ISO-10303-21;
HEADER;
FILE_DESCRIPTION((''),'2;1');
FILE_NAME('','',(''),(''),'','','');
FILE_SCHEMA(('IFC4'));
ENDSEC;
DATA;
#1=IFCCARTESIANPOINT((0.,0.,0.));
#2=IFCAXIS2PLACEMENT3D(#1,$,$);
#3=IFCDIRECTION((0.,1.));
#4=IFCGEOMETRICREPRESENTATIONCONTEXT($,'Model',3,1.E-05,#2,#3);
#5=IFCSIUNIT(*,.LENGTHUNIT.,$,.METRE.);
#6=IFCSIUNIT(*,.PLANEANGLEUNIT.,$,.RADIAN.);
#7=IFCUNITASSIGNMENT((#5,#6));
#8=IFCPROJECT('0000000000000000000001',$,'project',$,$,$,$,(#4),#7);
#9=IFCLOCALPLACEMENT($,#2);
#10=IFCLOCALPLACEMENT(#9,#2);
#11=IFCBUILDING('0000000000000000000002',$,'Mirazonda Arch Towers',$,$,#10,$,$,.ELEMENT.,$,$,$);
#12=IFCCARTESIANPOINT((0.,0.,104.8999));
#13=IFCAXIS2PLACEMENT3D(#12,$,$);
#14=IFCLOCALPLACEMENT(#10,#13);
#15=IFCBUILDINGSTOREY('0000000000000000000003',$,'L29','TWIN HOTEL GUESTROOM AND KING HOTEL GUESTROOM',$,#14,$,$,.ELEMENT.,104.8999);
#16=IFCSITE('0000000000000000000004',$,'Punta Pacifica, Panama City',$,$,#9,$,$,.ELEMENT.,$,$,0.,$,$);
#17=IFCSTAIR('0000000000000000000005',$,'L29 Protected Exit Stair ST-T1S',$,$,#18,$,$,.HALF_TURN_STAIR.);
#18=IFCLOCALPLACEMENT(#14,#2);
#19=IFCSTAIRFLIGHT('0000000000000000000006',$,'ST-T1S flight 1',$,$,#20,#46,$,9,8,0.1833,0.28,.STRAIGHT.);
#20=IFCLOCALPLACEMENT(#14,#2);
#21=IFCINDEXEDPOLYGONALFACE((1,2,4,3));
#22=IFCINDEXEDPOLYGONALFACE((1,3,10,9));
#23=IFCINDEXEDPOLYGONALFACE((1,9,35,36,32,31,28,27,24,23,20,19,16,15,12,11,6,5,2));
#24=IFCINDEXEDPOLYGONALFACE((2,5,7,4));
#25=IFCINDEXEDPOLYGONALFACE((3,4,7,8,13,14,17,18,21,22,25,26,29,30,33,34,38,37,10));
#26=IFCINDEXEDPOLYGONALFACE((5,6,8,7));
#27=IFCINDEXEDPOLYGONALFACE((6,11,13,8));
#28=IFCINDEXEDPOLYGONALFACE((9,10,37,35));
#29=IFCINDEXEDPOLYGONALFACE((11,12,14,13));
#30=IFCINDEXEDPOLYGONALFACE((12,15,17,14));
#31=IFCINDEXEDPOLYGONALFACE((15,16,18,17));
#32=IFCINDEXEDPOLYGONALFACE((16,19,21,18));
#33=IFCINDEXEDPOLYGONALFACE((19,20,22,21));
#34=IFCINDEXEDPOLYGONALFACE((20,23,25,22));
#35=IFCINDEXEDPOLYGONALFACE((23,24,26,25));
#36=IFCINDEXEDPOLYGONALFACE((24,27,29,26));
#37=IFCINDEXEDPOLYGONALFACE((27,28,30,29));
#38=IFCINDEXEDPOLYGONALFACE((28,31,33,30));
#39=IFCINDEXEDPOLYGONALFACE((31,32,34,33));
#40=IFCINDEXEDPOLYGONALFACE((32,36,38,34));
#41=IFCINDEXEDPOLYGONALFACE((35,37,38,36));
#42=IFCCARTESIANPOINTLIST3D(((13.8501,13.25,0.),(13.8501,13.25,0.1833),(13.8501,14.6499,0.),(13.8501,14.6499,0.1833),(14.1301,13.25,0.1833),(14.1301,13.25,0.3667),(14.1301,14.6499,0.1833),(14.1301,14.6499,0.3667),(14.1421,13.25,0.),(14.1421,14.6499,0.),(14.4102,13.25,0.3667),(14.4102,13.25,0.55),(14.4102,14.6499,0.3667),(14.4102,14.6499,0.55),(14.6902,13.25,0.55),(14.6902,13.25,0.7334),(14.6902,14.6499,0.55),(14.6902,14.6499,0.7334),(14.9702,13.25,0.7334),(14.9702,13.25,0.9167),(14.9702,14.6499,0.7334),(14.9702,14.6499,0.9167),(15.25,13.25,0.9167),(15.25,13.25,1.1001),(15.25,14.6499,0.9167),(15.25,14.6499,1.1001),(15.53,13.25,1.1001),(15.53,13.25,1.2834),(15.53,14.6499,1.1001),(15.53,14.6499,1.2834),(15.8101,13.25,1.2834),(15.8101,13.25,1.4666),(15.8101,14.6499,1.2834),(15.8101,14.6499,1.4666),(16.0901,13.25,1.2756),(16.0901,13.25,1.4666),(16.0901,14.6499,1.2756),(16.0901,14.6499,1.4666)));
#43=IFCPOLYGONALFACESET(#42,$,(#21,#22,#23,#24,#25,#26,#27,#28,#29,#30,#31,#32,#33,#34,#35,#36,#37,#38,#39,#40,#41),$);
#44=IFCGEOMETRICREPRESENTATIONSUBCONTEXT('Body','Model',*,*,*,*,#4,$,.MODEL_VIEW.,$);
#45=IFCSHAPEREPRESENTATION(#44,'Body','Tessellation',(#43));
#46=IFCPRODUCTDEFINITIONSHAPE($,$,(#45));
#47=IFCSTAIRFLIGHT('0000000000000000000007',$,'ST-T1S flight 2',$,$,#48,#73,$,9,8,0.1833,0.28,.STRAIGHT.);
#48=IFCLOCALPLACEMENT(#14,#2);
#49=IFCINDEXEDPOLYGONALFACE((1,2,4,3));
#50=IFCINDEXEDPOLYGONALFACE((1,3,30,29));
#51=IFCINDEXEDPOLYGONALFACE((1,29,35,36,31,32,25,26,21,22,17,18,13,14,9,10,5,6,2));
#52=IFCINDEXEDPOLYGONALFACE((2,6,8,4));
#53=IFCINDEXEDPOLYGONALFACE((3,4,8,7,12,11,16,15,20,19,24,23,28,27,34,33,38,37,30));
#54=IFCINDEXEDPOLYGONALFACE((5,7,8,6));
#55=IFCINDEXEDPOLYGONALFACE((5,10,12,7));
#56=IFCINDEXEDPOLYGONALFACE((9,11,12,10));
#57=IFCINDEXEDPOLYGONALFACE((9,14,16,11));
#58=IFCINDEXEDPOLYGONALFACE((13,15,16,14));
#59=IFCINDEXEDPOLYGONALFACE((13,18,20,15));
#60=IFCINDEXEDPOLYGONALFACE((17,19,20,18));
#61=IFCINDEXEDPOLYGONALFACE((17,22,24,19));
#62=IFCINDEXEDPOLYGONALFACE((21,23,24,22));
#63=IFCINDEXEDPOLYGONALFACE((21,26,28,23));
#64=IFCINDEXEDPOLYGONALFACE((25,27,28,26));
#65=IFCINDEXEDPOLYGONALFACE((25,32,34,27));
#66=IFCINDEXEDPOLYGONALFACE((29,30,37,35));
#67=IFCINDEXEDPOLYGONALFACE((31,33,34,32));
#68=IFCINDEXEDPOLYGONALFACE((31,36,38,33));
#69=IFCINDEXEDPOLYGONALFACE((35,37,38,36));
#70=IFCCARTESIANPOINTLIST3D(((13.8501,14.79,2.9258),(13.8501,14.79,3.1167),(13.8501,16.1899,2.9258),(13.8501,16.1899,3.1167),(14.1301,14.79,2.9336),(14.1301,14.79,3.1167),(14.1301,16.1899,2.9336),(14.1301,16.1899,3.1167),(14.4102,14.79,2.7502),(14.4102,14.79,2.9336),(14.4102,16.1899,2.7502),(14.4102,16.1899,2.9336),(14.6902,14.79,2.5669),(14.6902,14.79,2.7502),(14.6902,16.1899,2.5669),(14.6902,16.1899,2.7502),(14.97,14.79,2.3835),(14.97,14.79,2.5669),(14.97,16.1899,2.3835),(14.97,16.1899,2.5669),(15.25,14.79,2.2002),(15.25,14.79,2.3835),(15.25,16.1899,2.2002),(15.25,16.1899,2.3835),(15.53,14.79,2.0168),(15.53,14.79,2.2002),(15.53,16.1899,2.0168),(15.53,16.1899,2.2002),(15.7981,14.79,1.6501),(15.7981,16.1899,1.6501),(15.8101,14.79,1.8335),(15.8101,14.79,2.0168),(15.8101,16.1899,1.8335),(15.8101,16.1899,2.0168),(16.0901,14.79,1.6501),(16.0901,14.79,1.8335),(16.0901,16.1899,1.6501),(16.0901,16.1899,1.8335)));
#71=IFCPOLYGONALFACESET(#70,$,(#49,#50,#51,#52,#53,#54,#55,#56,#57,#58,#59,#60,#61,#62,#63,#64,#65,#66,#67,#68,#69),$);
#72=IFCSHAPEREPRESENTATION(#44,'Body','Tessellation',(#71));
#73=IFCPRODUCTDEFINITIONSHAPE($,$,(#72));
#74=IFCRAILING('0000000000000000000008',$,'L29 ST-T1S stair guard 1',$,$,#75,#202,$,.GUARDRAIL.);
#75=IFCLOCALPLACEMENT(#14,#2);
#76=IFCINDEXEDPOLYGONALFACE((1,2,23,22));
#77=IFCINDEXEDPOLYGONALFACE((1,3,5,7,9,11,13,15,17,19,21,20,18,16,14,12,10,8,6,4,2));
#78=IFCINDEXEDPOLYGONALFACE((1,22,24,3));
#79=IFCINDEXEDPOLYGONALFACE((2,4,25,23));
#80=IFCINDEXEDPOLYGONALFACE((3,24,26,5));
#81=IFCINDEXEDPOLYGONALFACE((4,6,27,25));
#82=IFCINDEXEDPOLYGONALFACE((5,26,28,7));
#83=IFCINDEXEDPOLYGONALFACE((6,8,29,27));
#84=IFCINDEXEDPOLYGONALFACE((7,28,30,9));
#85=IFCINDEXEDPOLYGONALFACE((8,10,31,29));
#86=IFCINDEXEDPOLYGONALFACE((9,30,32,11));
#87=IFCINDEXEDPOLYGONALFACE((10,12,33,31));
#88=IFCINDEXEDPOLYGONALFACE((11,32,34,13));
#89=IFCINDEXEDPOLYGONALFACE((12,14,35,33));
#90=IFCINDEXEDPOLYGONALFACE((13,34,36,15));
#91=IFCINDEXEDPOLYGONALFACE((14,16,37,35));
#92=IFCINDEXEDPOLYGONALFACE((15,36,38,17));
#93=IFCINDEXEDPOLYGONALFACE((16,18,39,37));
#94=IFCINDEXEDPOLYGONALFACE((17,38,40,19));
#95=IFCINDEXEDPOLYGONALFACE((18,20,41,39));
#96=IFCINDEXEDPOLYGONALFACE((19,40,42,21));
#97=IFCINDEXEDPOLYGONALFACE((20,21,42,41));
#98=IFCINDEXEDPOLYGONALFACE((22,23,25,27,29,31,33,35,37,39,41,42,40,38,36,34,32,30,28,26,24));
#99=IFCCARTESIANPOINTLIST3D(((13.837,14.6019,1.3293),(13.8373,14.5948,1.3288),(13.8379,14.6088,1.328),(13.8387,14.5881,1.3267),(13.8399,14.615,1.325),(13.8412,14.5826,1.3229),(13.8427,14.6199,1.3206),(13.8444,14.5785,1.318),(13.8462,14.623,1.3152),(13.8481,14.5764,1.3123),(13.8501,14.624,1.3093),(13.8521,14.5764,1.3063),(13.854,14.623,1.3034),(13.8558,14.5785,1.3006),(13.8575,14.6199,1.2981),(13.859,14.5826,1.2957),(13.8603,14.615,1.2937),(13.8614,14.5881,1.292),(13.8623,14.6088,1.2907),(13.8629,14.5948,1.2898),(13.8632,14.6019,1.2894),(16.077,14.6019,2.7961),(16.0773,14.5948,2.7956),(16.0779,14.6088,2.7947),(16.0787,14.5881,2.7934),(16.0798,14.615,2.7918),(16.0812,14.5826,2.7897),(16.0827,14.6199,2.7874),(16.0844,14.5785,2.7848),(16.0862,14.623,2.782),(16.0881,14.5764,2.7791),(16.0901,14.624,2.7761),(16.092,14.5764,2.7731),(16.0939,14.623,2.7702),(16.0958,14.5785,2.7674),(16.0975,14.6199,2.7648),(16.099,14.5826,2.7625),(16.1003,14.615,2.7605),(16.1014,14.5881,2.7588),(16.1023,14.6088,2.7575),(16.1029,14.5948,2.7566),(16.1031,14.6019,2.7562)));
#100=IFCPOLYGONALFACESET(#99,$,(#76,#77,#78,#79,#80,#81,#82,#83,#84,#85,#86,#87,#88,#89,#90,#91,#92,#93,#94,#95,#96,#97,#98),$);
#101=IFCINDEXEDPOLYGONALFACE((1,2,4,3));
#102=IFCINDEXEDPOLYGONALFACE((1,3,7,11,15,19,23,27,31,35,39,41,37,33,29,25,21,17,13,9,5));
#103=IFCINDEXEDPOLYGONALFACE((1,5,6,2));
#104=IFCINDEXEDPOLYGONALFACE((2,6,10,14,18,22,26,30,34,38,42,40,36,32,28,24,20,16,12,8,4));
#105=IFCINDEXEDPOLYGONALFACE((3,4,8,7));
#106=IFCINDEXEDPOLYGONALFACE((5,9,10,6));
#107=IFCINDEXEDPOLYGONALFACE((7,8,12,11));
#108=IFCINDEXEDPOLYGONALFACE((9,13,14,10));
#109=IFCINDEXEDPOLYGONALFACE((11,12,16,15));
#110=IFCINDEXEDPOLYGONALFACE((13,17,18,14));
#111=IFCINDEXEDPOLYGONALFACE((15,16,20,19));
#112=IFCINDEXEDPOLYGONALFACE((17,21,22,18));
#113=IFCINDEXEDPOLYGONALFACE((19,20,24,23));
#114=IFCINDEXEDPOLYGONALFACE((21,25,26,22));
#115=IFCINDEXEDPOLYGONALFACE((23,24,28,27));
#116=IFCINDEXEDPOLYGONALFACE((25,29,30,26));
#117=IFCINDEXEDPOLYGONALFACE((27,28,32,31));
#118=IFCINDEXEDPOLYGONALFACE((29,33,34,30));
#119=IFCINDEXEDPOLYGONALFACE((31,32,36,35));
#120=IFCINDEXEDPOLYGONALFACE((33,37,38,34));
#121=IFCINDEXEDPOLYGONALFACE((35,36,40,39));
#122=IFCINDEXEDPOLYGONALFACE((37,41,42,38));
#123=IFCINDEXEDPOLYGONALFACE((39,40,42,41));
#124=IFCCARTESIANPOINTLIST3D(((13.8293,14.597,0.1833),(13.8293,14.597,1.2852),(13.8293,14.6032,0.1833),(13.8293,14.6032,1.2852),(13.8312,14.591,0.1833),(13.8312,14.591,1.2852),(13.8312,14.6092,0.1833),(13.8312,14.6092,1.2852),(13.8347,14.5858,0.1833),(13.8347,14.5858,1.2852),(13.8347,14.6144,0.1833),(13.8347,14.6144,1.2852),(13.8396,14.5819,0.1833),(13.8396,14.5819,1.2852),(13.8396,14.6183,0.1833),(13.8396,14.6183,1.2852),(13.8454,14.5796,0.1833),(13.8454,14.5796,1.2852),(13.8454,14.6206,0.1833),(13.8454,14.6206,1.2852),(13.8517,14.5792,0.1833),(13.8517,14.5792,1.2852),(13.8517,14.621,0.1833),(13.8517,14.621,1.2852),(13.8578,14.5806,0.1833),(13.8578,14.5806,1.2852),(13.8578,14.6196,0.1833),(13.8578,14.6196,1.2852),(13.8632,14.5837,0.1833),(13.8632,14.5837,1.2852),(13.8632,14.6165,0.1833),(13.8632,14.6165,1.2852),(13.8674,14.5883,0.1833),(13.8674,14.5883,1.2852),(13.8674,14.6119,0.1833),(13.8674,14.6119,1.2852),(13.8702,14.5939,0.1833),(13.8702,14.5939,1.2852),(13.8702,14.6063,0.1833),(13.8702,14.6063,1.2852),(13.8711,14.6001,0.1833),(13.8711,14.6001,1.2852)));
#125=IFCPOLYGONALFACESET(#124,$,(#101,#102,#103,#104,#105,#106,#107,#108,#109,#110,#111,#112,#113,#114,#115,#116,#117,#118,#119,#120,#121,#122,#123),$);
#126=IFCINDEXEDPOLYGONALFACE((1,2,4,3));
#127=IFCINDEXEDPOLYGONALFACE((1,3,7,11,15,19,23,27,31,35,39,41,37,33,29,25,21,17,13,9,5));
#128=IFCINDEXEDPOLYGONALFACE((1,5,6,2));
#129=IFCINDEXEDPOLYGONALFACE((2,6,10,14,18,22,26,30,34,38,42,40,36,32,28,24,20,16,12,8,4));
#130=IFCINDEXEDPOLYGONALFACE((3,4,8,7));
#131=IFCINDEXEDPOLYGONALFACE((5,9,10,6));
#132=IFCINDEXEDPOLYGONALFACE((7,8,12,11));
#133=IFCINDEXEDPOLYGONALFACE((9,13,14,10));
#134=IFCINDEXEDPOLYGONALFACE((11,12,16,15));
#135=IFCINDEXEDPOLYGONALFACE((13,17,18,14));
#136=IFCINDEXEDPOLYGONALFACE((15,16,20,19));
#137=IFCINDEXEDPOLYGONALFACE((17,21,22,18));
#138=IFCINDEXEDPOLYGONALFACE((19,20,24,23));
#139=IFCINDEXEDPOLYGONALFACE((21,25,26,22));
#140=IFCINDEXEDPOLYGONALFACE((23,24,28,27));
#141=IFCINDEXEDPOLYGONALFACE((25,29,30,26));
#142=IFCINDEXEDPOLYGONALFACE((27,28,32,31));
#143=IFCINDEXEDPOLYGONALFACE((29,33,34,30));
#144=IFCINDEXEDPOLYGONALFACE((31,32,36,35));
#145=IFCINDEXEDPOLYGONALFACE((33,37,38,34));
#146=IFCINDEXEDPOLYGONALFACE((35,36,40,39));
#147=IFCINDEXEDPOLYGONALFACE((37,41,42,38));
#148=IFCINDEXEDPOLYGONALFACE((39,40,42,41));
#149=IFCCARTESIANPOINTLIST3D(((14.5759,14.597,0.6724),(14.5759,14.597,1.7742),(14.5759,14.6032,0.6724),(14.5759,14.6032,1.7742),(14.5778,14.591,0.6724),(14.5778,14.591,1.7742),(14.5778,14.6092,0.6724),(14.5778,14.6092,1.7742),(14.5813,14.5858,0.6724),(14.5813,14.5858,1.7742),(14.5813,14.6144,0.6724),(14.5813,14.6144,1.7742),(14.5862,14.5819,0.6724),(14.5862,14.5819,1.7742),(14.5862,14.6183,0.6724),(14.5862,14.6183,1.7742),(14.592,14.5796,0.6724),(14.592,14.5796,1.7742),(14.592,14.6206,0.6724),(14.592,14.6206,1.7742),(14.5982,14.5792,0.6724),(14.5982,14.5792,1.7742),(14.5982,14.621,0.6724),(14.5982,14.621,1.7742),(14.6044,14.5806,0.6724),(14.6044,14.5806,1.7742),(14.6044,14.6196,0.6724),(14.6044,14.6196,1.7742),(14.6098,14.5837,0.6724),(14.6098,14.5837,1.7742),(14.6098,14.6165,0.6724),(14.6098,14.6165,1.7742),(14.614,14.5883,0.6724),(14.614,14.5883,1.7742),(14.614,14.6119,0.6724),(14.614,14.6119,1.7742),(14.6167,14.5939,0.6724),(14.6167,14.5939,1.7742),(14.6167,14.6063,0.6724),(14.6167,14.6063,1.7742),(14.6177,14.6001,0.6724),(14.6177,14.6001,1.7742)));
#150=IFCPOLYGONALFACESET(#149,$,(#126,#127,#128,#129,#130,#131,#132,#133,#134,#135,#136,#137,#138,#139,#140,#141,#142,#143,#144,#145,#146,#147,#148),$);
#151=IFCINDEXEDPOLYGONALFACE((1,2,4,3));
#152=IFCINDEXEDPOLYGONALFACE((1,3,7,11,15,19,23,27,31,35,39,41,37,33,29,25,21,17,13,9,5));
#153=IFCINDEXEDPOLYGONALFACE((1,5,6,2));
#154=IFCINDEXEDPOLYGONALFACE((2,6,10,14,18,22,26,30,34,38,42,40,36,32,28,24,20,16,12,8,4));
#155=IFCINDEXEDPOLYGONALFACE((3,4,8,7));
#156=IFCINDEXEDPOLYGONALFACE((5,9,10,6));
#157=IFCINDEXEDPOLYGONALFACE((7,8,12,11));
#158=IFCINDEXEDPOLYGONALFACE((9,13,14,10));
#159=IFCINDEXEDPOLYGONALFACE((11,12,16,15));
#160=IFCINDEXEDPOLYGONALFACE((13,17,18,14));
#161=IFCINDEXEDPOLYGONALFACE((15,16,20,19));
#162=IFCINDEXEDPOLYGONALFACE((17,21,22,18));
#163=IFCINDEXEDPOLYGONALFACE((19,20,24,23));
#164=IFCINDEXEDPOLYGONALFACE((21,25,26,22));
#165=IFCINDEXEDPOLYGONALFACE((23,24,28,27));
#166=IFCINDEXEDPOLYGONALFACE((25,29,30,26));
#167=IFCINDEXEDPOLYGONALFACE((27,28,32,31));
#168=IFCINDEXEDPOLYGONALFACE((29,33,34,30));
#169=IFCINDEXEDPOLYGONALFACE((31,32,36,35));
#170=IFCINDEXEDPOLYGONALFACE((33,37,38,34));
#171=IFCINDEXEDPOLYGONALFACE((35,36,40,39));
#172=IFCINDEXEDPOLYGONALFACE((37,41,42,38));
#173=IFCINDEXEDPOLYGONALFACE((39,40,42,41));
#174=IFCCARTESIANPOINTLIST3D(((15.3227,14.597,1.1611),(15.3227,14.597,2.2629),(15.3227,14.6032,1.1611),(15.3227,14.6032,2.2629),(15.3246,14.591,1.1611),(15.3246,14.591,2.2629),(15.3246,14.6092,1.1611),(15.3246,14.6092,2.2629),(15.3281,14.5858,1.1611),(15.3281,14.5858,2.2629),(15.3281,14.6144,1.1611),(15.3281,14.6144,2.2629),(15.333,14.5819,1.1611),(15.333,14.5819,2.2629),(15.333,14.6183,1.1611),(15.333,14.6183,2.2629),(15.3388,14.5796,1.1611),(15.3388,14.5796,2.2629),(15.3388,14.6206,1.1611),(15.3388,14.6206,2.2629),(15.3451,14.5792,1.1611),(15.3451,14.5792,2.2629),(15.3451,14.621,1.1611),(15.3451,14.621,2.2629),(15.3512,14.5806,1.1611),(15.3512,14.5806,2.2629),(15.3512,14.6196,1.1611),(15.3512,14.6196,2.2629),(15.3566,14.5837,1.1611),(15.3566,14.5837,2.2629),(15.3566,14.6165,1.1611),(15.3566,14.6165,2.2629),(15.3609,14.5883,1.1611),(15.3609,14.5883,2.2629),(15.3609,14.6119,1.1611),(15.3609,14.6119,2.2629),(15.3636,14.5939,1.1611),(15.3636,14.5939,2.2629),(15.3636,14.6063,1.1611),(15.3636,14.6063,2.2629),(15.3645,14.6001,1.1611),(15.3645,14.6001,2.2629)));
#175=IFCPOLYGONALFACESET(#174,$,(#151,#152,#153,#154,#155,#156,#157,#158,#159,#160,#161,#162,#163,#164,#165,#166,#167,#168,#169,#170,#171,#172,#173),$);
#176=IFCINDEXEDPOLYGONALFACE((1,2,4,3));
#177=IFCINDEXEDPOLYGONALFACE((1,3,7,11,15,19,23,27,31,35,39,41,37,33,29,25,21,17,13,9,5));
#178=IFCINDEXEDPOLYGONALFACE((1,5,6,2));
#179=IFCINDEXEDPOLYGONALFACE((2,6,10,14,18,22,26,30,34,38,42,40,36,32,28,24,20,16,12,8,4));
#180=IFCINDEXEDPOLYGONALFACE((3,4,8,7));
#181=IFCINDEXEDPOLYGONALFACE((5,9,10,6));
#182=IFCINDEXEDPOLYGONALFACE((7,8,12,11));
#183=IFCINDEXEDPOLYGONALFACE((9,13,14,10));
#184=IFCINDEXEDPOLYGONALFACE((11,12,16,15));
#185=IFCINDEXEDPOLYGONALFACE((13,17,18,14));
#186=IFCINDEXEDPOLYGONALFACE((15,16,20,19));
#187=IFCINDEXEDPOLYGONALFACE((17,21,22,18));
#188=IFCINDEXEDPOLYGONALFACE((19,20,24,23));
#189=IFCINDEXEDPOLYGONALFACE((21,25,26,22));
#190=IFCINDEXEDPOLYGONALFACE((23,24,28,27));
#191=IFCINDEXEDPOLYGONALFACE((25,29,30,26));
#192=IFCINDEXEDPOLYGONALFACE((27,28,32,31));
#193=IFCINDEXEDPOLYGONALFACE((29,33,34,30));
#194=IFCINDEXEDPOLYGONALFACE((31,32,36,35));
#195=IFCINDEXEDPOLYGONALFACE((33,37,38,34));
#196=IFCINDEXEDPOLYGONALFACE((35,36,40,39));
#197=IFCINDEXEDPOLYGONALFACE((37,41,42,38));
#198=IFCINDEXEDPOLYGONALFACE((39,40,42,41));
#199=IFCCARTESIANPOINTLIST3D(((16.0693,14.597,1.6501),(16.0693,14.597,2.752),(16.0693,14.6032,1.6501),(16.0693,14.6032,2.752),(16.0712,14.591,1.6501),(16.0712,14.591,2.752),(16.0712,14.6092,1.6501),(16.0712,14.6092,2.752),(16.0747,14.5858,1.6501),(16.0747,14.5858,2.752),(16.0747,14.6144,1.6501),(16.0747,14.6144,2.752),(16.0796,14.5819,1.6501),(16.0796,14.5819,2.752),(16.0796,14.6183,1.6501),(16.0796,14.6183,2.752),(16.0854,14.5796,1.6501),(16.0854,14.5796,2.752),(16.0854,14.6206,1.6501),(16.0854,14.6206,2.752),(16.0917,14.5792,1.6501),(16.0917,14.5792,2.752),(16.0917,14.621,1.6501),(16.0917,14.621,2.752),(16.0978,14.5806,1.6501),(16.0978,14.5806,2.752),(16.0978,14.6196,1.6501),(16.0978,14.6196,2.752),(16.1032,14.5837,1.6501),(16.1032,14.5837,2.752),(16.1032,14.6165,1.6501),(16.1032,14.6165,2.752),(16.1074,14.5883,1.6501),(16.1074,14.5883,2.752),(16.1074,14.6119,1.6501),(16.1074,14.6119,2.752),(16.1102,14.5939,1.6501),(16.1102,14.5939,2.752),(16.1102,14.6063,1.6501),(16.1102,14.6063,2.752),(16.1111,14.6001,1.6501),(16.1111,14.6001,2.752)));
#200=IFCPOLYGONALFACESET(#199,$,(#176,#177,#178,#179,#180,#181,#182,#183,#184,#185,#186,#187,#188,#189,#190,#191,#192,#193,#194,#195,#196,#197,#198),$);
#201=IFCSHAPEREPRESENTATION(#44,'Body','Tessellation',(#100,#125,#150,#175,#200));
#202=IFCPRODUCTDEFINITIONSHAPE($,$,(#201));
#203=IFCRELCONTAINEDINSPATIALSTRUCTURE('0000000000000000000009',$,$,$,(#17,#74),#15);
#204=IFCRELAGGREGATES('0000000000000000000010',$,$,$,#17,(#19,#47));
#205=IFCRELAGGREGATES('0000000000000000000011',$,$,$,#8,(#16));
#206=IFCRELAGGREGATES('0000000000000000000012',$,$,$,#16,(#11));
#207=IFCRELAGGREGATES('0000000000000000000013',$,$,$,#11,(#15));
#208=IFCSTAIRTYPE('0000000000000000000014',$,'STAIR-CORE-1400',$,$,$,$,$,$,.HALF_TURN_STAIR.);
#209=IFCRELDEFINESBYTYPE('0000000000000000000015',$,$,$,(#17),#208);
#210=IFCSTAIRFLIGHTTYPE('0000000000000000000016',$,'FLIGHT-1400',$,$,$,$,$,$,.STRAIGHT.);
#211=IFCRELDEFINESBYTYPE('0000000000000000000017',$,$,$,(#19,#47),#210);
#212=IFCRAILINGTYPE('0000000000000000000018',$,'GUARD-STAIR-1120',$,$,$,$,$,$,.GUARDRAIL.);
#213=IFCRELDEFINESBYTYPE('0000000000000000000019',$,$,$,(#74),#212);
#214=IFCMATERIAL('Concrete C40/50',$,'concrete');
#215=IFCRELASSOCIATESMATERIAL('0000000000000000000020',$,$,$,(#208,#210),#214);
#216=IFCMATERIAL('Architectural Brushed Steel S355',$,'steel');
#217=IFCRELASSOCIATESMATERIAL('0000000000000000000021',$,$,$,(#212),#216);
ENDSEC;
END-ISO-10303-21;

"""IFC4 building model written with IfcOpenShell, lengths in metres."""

from ifc_helpers import new_model, si_unit, direction, frame, origin, origin_2d, place, context, subcontext, project, spatial, polyline, circle, outline, extrude, material, type_object, element, aggregate, save


model = new_model("IFC4")

# Units and contexts
model_context = context("Model", 3, precision=1e-05, world=origin(), true_north=direction((0.0, 1.0)))
body_context = subcontext(model_context, "Body", "Model", "MODEL_VIEW")
ifc_project = project(units=[si_unit("LENGTHUNIT", "METRE"), si_unit("PLANEANGLEUNIT", "RADIAN")], contexts=[model_context])

# Site, building, storey
site_placement = place(None, origin())
site = spatial("IfcSite", under=ifc_project, at=site_placement, Name="Punta Pacifica, Panama City", CompositionType="ELEMENT", RefElevation=0.0)
building_placement = place(site_placement, origin())
building = spatial("IfcBuilding", under=site, at=building_placement, Name="Mirazonda Arch Towers", CompositionType="ELEMENT")
storey_placement = place(building_placement, frame((0.0, 0.0, 104.8999)))
storey = spatial("IfcBuildingStorey", under=building, at=storey_placement, Name="L29", Description="TWIN HOTEL GUESTROOM AND KING HOTEL GUESTROOM", CompositionType="ELEMENT", Elevation=104.8999)

# Shared definitions
ifc_material_1 = material(Name="Architectural Brushed Steel S355", Category="steel")

# Shared definitions
ifc_material_2 = material(Name="Concrete C40/50", Category="concrete")

# Stair, stair flights
stair_type = type_object("IfcStairType", Name="STAIR-CORE-1400", PredefinedType="HALF_TURN_STAIR", material=ifc_material_2)
stair_placement = place(storey_placement, origin())
stair = element("IfcStair", 1, at=stair_placement, inside=storey, type_object=stair_type, Name="L29 Protected Exit Stair ST-T1S", PredefinedType="HALF_TURN_STAIR")
stair_flight_type = type_object("IfcStairFlightType", Name="FLIGHT-1400", PredefinedType="STRAIGHT", material=ifc_material_2)
stair_flight_1_placement = place(storey_placement, frame((13.8501, 13.95, 0.0), z_axis=(0.0, 0.0, 1.0), x_axis=(1.0, 0.0, 0.0)))
stair_flight_1 = element("IfcStairFlight", 2, at=stair_flight_1_placement, type_object=stair_flight_type, Name="ST-T1S flight 1", NumberOfRisers=9, NumberOfTreads=8, PredefinedType="STRAIGHT", RiserHeight=0.1833, TreadLength=0.28, context=body_context, shape_type="SweptSolid", body=[
    extrude(outline(polyline([(0.0, 0.0), (0.0, 0.1833), (0.28, 0.1833), (0.28, 0.3667), (0.5601, 0.3667), (0.5601, 0.55), (0.8401, 0.55), (0.8401, 0.7334), (1.1201, 0.7334), (1.1201, 0.9167), (1.3999, 0.9167), (1.3999, 1.1001), (1.6799, 1.1001), (1.6799, 1.2834), (1.96, 1.2834), (1.96, 1.4666), (2.24, 1.4666), (2.24, 1.6499), (2.24, 1.2756), (0.292, 0.0), (0.0, 0.0)])), frame((0.0, 0.7, 0.0), z_axis=(0.0, -1.0, 0.0), x_axis=(1.0, 0.0, 0.0)), (0.0, 0.0, 1.0), 1.3999),
])
stair_flight_2_placement = place(storey_placement, frame((16.0901, 15.49, 1.6501), z_axis=(0.0, 0.0, 1.0), x_axis=(-1.0, 0.0, 0.0)))
stair_flight_2 = element("IfcStairFlight", 3, at=stair_flight_2_placement, type_object=stair_flight_type, Name="ST-T1S flight 2", NumberOfRisers=9, NumberOfTreads=8, PredefinedType="STRAIGHT", RiserHeight=0.1833, TreadLength=0.28, context=body_context, shape_type="SweptSolid", body=[
    extrude(outline(polyline([(0.0, 0.0), (0.0, 0.1833), (0.28, 0.1833), (0.28, 0.3667), (0.5601, 0.3667), (0.5601, 0.55), (0.8401, 0.55), (0.8401, 0.7334), (1.1201, 0.7334), (1.1201, 0.9167), (1.3999, 0.9167), (1.3999, 1.1001), (1.6799, 1.1001), (1.6799, 1.2834), (1.96, 1.2834), (1.96, 1.4666), (2.24, 1.4666), (2.24, 1.6499), (2.24, 1.2756), (0.292, 0.0), (0.0, 0.0)])), frame((0.0, 0.7, 0.0), z_axis=(0.0, -1.0, 0.0), x_axis=(1.0, 0.0, 0.0)), (0.0, 0.0, 1.0), 1.3999),
])
aggregate(stair, [stair_flight_1, stair_flight_2])

# Railing
railing_type_1 = type_object("IfcRailingType", Name="GUARD-STAIR-1120", PredefinedType="GUARDRAIL", material=ifc_material_1)
railing_1_placement = place(storey_placement, frame((13.8501, 14.6001, 0.1833)))
element("IfcRailing", 4, at=railing_1_placement, inside=storey, type_object=railing_type_1, Name="L29 ST-T1S stair guard 1", PredefinedType="GUARDRAIL", context=body_context, shape_type="SweptSolid", body=[
    extrude(circle(Radius=0.0239, at=origin_2d()), frame((0.0, 0.0, 1.126), z_axis=(0.836595, 0.0, 0.547822), x_axis=(0.0, 1.0, 0.0)), (0.0, 0.0, 1.0), 2.6775),
    extrude(circle(Radius=0.021, at=origin_2d()), origin(), (0.0, 0.0, 1.0), 1.1018),
    extrude(circle(Radius=0.021, at=origin_2d()), frame((0.7466, 0.0, 0.489)), (0.0, 0.0, 1.0), 1.1018),
    extrude(circle(Radius=0.021, at=origin_2d()), frame((1.4934, 0.0, 0.9778)), (0.0, 0.0, 1.0), 1.1018),
    extrude(circle(Radius=0.021, at=origin_2d()), frame((2.24, 0.0, 1.4668)), (0.0, 0.0, 1.0), 1.1018),
])

save(model, "model.ifc")
